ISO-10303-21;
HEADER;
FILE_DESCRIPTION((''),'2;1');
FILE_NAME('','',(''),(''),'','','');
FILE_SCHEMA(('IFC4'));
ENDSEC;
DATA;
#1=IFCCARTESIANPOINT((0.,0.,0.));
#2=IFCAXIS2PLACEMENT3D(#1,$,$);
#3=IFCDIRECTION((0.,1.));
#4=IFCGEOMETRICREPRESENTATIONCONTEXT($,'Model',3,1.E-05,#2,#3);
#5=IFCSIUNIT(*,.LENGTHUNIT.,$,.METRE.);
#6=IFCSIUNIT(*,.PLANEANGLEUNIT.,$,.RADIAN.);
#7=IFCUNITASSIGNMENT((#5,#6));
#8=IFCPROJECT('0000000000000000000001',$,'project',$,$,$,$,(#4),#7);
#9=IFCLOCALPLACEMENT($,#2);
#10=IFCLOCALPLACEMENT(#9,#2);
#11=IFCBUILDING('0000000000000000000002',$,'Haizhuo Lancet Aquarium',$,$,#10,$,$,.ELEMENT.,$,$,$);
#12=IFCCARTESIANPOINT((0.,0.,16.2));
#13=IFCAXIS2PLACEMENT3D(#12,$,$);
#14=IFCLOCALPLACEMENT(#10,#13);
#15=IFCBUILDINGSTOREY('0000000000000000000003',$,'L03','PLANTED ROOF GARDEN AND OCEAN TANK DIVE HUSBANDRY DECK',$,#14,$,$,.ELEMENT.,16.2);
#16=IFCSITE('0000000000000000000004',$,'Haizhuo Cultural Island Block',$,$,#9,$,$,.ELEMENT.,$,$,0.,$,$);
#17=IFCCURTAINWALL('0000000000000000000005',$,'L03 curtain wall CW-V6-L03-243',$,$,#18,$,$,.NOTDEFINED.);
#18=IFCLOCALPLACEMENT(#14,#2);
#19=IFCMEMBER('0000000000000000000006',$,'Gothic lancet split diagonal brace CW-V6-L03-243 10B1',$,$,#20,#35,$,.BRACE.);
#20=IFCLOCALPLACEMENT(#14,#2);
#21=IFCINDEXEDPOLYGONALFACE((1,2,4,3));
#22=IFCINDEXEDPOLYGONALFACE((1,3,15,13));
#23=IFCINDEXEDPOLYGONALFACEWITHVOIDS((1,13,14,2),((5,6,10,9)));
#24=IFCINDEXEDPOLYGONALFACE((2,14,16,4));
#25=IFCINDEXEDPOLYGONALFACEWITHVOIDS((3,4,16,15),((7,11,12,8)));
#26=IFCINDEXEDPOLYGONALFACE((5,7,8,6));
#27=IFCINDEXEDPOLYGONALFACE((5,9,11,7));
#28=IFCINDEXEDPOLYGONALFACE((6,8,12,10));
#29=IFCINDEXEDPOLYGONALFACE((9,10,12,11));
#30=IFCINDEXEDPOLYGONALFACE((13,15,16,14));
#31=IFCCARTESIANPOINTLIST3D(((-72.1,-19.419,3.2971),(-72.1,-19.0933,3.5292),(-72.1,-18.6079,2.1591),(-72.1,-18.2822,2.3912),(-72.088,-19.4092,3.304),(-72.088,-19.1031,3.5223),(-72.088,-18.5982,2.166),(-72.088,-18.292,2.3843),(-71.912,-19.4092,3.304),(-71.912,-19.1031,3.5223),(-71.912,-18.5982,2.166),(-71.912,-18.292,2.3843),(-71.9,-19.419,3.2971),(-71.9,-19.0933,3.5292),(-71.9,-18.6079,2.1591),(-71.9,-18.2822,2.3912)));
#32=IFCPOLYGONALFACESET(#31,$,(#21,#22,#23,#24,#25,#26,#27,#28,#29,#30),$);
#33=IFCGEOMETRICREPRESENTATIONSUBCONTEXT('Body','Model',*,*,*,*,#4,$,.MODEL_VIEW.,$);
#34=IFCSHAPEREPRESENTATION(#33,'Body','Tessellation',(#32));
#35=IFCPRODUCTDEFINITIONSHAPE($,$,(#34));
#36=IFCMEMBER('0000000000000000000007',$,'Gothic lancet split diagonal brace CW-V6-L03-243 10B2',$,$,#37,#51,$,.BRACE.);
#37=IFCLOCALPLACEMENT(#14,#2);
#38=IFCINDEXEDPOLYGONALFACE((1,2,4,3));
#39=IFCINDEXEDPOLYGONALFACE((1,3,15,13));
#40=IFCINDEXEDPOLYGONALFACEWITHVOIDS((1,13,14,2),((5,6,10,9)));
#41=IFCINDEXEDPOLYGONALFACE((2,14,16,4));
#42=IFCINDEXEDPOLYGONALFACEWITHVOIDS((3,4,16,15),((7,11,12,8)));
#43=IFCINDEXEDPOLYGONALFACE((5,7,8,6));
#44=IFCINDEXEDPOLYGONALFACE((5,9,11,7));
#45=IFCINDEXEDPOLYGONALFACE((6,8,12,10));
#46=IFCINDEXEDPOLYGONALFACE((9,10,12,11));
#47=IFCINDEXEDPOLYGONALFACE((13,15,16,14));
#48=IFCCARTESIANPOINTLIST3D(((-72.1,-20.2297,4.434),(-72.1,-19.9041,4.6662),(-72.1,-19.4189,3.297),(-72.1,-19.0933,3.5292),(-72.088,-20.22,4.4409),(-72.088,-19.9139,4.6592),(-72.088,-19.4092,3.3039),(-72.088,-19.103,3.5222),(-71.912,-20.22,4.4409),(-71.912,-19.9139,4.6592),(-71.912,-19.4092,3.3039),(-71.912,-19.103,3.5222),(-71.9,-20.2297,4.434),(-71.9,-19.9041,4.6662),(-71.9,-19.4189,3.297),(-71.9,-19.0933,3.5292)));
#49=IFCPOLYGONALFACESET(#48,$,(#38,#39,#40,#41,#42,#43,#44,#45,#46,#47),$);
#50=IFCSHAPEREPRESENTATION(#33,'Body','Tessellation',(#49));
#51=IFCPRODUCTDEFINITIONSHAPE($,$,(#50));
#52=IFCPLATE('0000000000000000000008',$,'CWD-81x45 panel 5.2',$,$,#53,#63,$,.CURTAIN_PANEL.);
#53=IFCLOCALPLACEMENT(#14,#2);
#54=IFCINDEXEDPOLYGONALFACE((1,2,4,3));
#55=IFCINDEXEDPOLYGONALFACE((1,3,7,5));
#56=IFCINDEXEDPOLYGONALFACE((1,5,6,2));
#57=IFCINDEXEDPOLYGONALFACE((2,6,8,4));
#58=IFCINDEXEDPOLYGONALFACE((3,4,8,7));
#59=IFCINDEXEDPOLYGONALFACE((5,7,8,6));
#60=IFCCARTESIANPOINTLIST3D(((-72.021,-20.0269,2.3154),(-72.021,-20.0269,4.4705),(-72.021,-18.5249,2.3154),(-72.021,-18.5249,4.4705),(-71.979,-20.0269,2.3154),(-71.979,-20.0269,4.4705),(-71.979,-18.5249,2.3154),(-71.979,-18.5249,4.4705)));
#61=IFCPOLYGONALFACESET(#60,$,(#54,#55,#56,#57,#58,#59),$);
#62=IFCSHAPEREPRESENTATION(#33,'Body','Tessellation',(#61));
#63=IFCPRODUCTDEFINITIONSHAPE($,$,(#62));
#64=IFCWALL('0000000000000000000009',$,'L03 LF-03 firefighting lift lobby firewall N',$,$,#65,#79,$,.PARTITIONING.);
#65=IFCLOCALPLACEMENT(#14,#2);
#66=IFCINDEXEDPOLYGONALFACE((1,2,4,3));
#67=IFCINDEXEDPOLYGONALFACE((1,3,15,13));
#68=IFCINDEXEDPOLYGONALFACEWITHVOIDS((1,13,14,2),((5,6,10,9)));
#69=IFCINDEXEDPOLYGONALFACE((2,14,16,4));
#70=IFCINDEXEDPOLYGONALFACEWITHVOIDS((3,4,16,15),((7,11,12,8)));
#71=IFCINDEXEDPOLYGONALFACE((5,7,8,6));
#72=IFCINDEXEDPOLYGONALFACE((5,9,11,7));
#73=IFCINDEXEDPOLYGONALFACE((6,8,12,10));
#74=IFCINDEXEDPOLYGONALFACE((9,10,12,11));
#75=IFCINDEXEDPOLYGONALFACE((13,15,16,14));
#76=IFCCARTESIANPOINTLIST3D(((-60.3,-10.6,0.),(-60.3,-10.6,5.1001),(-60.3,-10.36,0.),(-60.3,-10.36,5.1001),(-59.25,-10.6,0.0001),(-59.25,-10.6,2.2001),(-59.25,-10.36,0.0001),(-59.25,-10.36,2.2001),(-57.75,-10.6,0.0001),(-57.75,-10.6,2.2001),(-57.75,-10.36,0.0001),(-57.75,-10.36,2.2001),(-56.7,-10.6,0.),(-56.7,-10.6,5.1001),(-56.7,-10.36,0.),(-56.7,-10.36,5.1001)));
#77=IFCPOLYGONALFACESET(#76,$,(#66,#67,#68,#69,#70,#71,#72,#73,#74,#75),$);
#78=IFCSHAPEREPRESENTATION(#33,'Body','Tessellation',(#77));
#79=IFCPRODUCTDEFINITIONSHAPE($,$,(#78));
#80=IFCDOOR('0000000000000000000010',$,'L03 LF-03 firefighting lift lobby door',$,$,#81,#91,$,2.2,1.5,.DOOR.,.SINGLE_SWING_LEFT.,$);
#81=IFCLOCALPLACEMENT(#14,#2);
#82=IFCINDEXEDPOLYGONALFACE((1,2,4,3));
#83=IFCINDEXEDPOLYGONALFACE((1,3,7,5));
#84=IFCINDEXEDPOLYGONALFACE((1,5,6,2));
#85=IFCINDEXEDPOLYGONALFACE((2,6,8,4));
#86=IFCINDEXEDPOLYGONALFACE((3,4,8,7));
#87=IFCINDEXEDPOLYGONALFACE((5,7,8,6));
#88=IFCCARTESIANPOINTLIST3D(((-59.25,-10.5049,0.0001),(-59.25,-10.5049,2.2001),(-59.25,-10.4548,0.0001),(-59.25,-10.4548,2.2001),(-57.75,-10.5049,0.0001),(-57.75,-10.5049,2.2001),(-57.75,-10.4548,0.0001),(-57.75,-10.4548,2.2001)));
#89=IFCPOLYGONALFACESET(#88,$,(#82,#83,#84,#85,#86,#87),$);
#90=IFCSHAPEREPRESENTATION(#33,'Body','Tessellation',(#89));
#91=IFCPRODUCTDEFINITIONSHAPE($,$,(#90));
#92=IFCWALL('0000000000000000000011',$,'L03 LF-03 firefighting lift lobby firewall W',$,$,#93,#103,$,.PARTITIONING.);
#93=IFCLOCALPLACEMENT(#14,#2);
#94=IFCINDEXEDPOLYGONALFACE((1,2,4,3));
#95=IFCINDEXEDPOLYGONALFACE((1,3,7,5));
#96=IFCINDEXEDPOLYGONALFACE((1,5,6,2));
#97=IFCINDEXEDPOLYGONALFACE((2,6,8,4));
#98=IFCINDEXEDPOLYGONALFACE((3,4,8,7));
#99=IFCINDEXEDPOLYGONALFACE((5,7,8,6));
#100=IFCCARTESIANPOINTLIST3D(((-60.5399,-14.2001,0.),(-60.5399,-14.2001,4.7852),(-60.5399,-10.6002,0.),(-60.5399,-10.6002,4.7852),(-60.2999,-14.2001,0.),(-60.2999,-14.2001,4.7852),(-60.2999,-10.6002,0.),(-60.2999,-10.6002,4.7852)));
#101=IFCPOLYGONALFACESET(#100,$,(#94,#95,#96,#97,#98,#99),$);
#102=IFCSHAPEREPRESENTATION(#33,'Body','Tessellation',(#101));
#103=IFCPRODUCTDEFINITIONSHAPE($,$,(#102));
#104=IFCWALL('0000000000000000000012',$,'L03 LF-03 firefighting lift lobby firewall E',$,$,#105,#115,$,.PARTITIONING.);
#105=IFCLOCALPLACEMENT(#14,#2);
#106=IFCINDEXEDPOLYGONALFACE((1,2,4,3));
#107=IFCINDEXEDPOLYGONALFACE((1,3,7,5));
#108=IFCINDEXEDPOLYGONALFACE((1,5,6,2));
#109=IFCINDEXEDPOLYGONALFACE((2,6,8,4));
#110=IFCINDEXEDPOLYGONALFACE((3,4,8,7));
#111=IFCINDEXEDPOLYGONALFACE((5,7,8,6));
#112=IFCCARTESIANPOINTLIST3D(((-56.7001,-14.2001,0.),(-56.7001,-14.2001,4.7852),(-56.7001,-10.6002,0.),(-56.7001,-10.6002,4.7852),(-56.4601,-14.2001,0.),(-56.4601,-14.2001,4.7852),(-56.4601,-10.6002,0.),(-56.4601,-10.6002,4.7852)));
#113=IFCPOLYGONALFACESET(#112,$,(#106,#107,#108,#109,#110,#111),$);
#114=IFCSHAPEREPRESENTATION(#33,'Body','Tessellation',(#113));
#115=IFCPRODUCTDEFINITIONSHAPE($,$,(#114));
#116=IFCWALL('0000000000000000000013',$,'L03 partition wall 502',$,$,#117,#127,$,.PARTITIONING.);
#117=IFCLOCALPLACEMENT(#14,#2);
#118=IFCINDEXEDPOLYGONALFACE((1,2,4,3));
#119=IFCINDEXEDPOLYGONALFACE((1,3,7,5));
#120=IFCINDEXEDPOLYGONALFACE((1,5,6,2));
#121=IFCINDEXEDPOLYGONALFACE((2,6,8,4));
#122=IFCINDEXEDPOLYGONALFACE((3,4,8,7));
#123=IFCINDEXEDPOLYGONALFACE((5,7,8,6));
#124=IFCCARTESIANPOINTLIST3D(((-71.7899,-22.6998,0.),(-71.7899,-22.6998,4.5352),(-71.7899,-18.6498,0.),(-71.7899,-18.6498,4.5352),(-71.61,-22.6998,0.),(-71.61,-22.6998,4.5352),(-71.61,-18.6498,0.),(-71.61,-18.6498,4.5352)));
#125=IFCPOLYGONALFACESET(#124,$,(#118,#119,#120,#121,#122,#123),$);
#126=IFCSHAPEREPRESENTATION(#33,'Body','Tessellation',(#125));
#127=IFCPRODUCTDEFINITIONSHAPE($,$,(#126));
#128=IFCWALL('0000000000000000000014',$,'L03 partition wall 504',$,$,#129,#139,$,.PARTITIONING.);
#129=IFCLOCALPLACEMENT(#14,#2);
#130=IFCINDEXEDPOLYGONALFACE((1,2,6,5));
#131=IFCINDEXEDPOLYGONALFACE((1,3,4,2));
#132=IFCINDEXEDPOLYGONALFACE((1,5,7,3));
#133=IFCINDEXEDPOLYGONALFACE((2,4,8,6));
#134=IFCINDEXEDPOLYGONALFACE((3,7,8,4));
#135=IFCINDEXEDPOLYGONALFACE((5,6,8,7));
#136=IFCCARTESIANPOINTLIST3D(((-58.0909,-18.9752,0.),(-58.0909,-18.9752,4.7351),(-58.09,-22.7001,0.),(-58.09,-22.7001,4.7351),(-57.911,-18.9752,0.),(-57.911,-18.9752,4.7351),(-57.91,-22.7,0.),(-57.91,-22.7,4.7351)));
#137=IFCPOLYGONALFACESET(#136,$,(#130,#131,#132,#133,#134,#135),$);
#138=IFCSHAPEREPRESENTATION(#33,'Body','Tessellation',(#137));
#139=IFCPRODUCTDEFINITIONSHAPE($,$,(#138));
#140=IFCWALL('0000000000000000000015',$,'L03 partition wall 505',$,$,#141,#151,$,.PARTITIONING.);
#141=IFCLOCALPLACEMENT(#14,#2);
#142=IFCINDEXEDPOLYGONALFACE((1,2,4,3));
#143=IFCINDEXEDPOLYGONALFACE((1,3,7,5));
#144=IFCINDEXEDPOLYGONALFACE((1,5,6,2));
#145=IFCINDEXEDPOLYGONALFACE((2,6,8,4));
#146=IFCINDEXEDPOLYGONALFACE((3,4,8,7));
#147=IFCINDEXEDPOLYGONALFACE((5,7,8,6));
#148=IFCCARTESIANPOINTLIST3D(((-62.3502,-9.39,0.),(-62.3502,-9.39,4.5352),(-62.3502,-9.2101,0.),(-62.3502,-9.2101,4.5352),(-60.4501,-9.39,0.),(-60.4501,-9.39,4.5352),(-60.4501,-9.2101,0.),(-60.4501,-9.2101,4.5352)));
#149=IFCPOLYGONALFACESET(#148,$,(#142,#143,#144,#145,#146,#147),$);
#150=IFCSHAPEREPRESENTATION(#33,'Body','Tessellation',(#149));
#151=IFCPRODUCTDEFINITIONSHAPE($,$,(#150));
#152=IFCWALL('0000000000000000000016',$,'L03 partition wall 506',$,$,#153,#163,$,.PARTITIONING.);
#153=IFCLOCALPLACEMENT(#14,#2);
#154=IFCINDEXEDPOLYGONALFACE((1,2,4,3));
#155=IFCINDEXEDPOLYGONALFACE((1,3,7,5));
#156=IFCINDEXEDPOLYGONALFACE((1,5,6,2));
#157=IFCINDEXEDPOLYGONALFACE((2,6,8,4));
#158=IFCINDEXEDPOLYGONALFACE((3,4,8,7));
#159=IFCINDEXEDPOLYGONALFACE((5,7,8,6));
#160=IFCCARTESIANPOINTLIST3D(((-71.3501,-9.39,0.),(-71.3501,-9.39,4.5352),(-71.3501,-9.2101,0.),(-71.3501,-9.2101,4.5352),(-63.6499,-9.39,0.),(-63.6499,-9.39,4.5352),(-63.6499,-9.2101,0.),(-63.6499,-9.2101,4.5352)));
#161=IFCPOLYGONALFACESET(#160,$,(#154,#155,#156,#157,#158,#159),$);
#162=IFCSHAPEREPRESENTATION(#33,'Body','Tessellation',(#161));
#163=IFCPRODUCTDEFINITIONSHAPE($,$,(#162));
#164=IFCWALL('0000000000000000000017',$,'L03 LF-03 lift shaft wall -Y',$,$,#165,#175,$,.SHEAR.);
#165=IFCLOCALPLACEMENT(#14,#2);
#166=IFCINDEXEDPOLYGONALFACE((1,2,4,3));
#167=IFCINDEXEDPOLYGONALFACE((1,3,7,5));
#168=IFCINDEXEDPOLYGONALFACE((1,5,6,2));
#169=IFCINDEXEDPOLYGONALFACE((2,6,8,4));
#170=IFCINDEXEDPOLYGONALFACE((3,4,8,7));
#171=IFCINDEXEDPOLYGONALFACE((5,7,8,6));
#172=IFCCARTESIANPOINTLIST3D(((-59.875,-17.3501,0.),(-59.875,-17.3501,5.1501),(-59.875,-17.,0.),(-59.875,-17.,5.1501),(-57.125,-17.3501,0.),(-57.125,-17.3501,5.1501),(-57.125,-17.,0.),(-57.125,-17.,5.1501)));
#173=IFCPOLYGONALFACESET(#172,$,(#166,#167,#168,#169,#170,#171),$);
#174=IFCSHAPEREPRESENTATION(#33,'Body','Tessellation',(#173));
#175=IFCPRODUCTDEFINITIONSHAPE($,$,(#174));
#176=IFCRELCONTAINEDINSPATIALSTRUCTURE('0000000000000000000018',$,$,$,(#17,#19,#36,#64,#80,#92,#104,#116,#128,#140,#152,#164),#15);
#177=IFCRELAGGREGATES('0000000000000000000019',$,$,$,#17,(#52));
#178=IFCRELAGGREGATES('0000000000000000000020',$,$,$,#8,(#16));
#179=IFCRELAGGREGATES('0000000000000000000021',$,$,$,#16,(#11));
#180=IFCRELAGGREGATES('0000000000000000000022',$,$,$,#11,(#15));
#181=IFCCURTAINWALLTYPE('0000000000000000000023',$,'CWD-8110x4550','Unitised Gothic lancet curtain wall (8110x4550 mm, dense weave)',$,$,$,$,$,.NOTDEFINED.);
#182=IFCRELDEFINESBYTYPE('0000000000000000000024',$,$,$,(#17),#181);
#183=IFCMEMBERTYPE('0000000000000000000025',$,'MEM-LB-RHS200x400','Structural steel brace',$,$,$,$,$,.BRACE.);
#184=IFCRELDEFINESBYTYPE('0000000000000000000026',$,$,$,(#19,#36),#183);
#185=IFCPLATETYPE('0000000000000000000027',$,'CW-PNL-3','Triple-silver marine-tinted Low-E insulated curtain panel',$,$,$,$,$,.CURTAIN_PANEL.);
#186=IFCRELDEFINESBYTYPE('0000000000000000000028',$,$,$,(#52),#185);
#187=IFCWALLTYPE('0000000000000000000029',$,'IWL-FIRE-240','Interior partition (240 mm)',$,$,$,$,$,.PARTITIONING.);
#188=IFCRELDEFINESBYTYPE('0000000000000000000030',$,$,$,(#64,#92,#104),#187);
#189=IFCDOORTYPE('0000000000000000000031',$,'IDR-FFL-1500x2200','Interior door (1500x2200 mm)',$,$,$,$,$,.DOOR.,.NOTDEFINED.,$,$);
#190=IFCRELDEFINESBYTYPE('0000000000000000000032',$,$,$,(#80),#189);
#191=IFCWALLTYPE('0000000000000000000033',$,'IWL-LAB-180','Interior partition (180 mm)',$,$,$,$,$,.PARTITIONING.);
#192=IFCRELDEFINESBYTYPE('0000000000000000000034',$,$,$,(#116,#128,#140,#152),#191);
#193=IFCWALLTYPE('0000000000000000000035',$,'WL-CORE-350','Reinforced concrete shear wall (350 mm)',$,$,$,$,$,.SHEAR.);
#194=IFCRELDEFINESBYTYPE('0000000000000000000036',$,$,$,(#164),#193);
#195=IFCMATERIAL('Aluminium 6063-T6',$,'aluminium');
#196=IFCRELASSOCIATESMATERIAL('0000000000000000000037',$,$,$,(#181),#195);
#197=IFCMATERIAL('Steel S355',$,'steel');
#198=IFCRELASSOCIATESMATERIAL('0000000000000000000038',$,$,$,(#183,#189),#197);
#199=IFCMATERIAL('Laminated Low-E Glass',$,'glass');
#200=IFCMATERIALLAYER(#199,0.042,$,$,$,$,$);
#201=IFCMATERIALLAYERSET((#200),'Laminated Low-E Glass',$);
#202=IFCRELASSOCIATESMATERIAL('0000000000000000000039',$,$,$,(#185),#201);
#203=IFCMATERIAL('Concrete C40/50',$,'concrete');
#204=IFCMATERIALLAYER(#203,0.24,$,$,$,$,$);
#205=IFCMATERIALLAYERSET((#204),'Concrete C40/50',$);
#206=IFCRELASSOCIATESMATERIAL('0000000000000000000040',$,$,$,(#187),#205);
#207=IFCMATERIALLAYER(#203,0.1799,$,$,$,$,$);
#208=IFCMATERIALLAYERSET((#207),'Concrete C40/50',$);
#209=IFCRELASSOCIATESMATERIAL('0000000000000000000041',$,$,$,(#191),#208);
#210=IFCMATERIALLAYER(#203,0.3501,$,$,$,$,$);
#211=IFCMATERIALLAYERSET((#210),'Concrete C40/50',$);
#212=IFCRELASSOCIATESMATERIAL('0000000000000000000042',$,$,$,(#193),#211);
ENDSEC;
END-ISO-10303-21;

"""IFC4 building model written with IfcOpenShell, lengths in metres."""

from ifc_helpers import new_model, si_unit, direction, frame, frame_2d, origin, origin_2d, place, context, subcontext, project, spatial, rectangle, hollow_rectangle, extrude, material, layer, layer_set, material_profile, profile_set, type_object, element, fill, aggregate, save


model = new_model("IFC4")

# Units and contexts
model_context = context("Model", 3, precision=1e-05, world=origin(), true_north=direction((0.0, 1.0)))
body_context = subcontext(model_context, "Body", "Model", "MODEL_VIEW")
ifc_project = project(units=[si_unit("LENGTHUNIT", "METRE"), si_unit("PLANEANGLEUNIT", "RADIAN")], contexts=[model_context])

# Site, building, storey
site_placement = place(None, origin())
site = spatial("IfcSite", under=ifc_project, at=site_placement, Name="Haizhuo Cultural Island Block", CompositionType="ELEMENT", RefElevation=0.0)
building_placement = place(site_placement, origin())
building = spatial("IfcBuilding", under=site, at=building_placement, Name="Haizhuo Lancet Aquarium", CompositionType="ELEMENT")
storey_placement = place(building_placement, frame((0.0, 0.0, 16.2)))
storey = spatial("IfcBuildingStorey", under=building, at=storey_placement, Name="L03", Description="PLANTED ROOF GARDEN AND OCEAN TANK DIVE HUSBANDRY DECK", CompositionType="ELEMENT", Elevation=16.2)

# Shared definitions
ifc_material_1 = material(Name="Concrete C40/50", Category="concrete")

# Shared definitions
ifc_material_2 = material(Name="Steel S355", Category="steel")

# Curtain wall
ifc_material_3 = material(Name="Aluminium 6063-T6", Category="aluminium")
curtain_wall_type = type_object("IfcCurtainWallType", Name="CWD-8110x4550", Description="Unitised Gothic lancet curtain wall (8110x4550 mm, dense weave)", PredefinedType="NOTDEFINED", material=ifc_material_3)
curtain_wall_placement = place(storey_placement, origin())
curtain_wall = element("IfcCurtainWall", 1, at=curtain_wall_placement, inside=storey, type_object=curtain_wall_type, Name="L03 curtain wall CW-V6-L03-243", PredefinedType="NOTDEFINED")

# Members
ifc_material_profile_1 = material_profile(ifc_material_2, hollow_rectangle(XDim=0.2, YDim=0.3999, WallThickness=0.012, at=origin_2d()), Name="RHS 200x400x12")
ifc_profile_set_1 = profile_set([ifc_material_profile_1], Name="Steel S355")
member_type_1 = type_object("IfcMemberType", Name="MEM-LB-RHS200x400", Description="Structural steel brace", PredefinedType="BRACE", material=ifc_profile_set_1)
for number, where, z_axis, x_axis, name in (
    (2, (-72.0, -18.4451, 2.2751), (0.0, -0.580395, 0.814335), (1.0, 0.0, 0.0), "Gothic lancet split diagonal brace CW-V6-L03-243 10B1"),
):
    element("IfcMember", number, at=place(storey_placement, frame(where, z_axis=z_axis, x_axis=x_axis)), inside=storey, type_object=member_type_1, Name=name, PredefinedType="BRACE", context=body_context, shape_type="SweptSolid", body=[
        extrude(hollow_rectangle(XDim=0.2, YDim=0.3999, WallThickness=0.012, at=origin_2d()), origin(), (0.0, 0.0, 1.0), 1.3975),
    ])
member_1_placement = place(storey_placement, frame((-72.0, -19.2561, 3.4131), z_axis=(0.0, -0.58061, 0.814182), x_axis=(1.0, 0.0, 0.0)))
element("IfcMember", 3, at=member_1_placement, inside=storey, type_object=member_type_1, Name="Gothic lancet split diagonal brace CW-V6-L03-243 10B2", PredefinedType="BRACE", context=body_context, shape_type="SweptSolid", body=[
    extrude(hollow_rectangle(XDim=0.2, YDim=0.3999, WallThickness=0.012, at=origin_2d()), origin(), (0.0, 0.0, 1.0), 1.3965),
])

# Plate
ifc_material_4 = material(Name="Laminated Low-E Glass", Category="glass")
ifc_layer_1 = layer(ifc_material_4, 0.042)
ifc_layer_set_1 = layer_set([ifc_layer_1], Name="Laminated Low-E Glass")
plate_type = type_object("IfcPlateType", Name="CW-PNL-3", Description="Triple-silver marine-tinted Low-E insulated curtain panel", PredefinedType="CURTAIN_PANEL", material=ifc_layer_set_1)
plate_placement = place(storey_placement, frame((-72.0, -19.2759, 2.3154), z_axis=(0.0, 0.0, 1.0), x_axis=(0.0, 1.0, 0.0)))
plate = element("IfcPlate", 4, at=plate_placement, type_object=plate_type, Name="CWD-81x45 panel 5.2", PredefinedType="CURTAIN_PANEL", context=body_context, shape_type="SweptSolid", body=[
    extrude(rectangle(XDim=1.502, YDim=0.042, at=origin_2d()), origin(), (0.0, 0.0, 1.0), 2.155),
])
aggregate(curtain_wall, [plate])

# Wall, opening, door
ifc_layer_2 = layer(ifc_material_1, 0.24)
ifc_layer_set_2 = layer_set([ifc_layer_2], Name="Concrete C40/50")
wall_type_1 = type_object("IfcWallType", Name="IWL-FIRE-240", Description="Interior partition (240 mm)", PredefinedType="PARTITIONING", material=ifc_layer_set_2)
wall_1_placement = place(storey_placement, frame((-56.7, -10.48, 0.0), z_axis=(0.0, 0.0, 1.0), x_axis=(-1.0, 0.0, 0.0)))
wall_1 = element("IfcWall", 5, at=wall_1_placement, inside=storey, type_object=wall_type_1, Name="L03 LF-03 firefighting lift lobby firewall N", PredefinedType="PARTITIONING", context=body_context, shape_type="SweptSolid", body=[
    extrude(rectangle(XDim=3.6001, YDim=0.24, at=frame_2d((1.8, 0.0))), origin(), (0.0, 0.0, 1.0), 5.1001),
])
opening_1_placement = place(wall_1_placement, frame((1.05, 0.0, 0.0)))
opening_1 = element("IfcOpeningElement", 6, at=opening_1_placement, cuts=wall_1, PredefinedType="OPENING", context=body_context, shape_type="SweptSolid", body=[
    extrude(rectangle(XDim=1.5, YDim=2.2, at=frame_2d((0.75, 1.1001))), frame((0.0, 0.1299, 0.0), z_axis=(0.0, -1.0, 0.0), x_axis=(1.0, 0.0, 0.0)), (0.0, 0.0, 1.0), 0.26),
])
door_type_1 = type_object("IfcDoorType", Name="IDR-FFL-1500x2200", Description="Interior door (1500x2200 mm)", OperationType="NOTDEFINED", PredefinedType="DOOR", material=ifc_material_2)
door_1_placement = place(opening_1_placement, origin())
door_1 = element("IfcDoor", 7, at=door_1_placement, inside=storey, type_object=door_type_1, Name="L03 LF-03 firefighting lift lobby door", OperationType="SINGLE_SWING_LEFT", OverallHeight=2.2, OverallWidth=1.5, PredefinedType="DOOR", context=body_context, shape_type="SweptSolid", body=[
    extrude(rectangle(XDim=1.5, YDim=2.2, at=frame_2d((0.75, 1.1001))), frame((0.0, 0.0249, 0.0), z_axis=(0.0, -1.0, 0.0), x_axis=(1.0, 0.0, 0.0)), (0.0, 0.0, 1.0), 0.05),
])
fill(opening_1, door_1)

# Walls
for number, where, z_axis, x_axis, name in (
    (8, (-60.4199, -14.2, 0.0), (0.0, 0.0, 1.0), (0.0, 1.0, 0.0), "L03 LF-03 firefighting lift lobby firewall W"),
    (9, (-56.5801, -14.2, 0.0), (0.0, 0.0, 1.0), (0.0, 1.0, 0.0), "L03 LF-03 firefighting lift lobby firewall E"),
):
    element("IfcWall", number, at=place(storey_placement, frame(where, z_axis=z_axis, x_axis=x_axis)), inside=storey, type_object=wall_type_1, Name=name, PredefinedType="PARTITIONING", context=body_context, shape_type="SweptSolid", body=[
        extrude(rectangle(XDim=3.5999, YDim=0.24, at=frame_2d((1.7998, 0.0))), origin(), (0.0, 0.0, 1.0), 4.7852),
    ])
ifc_layer_3 = layer(ifc_material_1, 0.1799)
ifc_layer_set_3 = layer_set([ifc_layer_3], Name="Concrete C40/50")
wall_type_2 = type_object("IfcWallType", Name="IWL-LAB-180", Description="Interior partition (180 mm)", PredefinedType="PARTITIONING", material=ifc_layer_set_3)
wall_2_placement = place(storey_placement, frame((-71.7, -18.6499, 0.0), z_axis=(0.0, 0.0, 1.0), x_axis=(0.0, -1.0, 0.0)))
element("IfcWall", 10, at=wall_2_placement, inside=storey, type_object=wall_type_2, Name="L03 partition wall 502", PredefinedType="PARTITIONING", context=body_context, shape_type="SweptSolid", body=[
    extrude(rectangle(XDim=4.05, YDim=0.1799, at=frame_2d((2.0249, 0.0))), origin(), (0.0, 0.0, 1.0), 4.5352),
])
wall_3_placement = place(storey_placement, frame((-58.0, -22.7, 0.0), z_axis=(0.0, 0.0, 1.0), x_axis=(-0.000262, 1.0, 0.0)))
element("IfcWall", 11, at=wall_3_placement, inside=storey, type_object=wall_type_2, Name="L03 partition wall 504", PredefinedType="PARTITIONING", context=body_context, shape_type="SweptSolid", body=[
    extrude(rectangle(XDim=3.7249, YDim=0.1799, at=frame_2d((1.8623, 0.0))), origin(), (0.0, 0.0, 1.0), 4.7351),
])
wall_4_placement = place(storey_placement, frame((-60.45, -9.3, 0.0), z_axis=(0.0, 0.0, 1.0), x_axis=(-1.0, 0.0, 0.0)))
element("IfcWall", 12, at=wall_4_placement, inside=storey, type_object=wall_type_2, Name="L03 partition wall 505", PredefinedType="PARTITIONING", context=body_context, shape_type="SweptSolid", body=[
    extrude(rectangle(XDim=1.9001, YDim=0.1799, at=frame_2d((0.9502, 0.0))), origin(), (0.0, 0.0, 1.0), 4.5352),
])
wall_5_placement = place(storey_placement, frame((-63.6499, -9.3, 0.0), z_axis=(0.0, 0.0, 1.0), x_axis=(-1.0, 0.0, 0.0)))
element("IfcWall", 13, at=wall_5_placement, inside=storey, type_object=wall_type_2, Name="L03 partition wall 506", PredefinedType="PARTITIONING", context=body_context, shape_type="SweptSolid", body=[
    extrude(rectangle(XDim=7.7002, YDim=0.1799, at=frame_2d((3.8501, 0.0))), origin(), (0.0, 0.0, 1.0), 4.5352),
])
ifc_layer_4 = layer(ifc_material_1, 0.3501)
ifc_layer_set_4 = layer_set([ifc_layer_4], Name="Concrete C40/50")
wall_type_3 = type_object("IfcWallType", Name="WL-CORE-350", Description="Reinforced concrete shear wall (350 mm)", PredefinedType="SHEAR", material=ifc_layer_set_4)
wall_6_placement = place(storey_placement, frame((-59.875, -17.175, 0.0), z_axis=(0.0, 0.0, 1.0), x_axis=(1.0, 0.0, 0.0)))
element("IfcWall", 14, at=wall_6_placement, inside=storey, type_object=wall_type_3, Name="L03 LF-03 lift shaft wall -Y", PredefinedType="SHEAR", context=body_context, shape_type="SweptSolid", body=[
    extrude(rectangle(XDim=2.75, YDim=0.3501, at=frame_2d((1.375, 0.0))), origin(), (0.0, 0.0, 1.0), 5.1501),
])

save(model, "model.ifc")
